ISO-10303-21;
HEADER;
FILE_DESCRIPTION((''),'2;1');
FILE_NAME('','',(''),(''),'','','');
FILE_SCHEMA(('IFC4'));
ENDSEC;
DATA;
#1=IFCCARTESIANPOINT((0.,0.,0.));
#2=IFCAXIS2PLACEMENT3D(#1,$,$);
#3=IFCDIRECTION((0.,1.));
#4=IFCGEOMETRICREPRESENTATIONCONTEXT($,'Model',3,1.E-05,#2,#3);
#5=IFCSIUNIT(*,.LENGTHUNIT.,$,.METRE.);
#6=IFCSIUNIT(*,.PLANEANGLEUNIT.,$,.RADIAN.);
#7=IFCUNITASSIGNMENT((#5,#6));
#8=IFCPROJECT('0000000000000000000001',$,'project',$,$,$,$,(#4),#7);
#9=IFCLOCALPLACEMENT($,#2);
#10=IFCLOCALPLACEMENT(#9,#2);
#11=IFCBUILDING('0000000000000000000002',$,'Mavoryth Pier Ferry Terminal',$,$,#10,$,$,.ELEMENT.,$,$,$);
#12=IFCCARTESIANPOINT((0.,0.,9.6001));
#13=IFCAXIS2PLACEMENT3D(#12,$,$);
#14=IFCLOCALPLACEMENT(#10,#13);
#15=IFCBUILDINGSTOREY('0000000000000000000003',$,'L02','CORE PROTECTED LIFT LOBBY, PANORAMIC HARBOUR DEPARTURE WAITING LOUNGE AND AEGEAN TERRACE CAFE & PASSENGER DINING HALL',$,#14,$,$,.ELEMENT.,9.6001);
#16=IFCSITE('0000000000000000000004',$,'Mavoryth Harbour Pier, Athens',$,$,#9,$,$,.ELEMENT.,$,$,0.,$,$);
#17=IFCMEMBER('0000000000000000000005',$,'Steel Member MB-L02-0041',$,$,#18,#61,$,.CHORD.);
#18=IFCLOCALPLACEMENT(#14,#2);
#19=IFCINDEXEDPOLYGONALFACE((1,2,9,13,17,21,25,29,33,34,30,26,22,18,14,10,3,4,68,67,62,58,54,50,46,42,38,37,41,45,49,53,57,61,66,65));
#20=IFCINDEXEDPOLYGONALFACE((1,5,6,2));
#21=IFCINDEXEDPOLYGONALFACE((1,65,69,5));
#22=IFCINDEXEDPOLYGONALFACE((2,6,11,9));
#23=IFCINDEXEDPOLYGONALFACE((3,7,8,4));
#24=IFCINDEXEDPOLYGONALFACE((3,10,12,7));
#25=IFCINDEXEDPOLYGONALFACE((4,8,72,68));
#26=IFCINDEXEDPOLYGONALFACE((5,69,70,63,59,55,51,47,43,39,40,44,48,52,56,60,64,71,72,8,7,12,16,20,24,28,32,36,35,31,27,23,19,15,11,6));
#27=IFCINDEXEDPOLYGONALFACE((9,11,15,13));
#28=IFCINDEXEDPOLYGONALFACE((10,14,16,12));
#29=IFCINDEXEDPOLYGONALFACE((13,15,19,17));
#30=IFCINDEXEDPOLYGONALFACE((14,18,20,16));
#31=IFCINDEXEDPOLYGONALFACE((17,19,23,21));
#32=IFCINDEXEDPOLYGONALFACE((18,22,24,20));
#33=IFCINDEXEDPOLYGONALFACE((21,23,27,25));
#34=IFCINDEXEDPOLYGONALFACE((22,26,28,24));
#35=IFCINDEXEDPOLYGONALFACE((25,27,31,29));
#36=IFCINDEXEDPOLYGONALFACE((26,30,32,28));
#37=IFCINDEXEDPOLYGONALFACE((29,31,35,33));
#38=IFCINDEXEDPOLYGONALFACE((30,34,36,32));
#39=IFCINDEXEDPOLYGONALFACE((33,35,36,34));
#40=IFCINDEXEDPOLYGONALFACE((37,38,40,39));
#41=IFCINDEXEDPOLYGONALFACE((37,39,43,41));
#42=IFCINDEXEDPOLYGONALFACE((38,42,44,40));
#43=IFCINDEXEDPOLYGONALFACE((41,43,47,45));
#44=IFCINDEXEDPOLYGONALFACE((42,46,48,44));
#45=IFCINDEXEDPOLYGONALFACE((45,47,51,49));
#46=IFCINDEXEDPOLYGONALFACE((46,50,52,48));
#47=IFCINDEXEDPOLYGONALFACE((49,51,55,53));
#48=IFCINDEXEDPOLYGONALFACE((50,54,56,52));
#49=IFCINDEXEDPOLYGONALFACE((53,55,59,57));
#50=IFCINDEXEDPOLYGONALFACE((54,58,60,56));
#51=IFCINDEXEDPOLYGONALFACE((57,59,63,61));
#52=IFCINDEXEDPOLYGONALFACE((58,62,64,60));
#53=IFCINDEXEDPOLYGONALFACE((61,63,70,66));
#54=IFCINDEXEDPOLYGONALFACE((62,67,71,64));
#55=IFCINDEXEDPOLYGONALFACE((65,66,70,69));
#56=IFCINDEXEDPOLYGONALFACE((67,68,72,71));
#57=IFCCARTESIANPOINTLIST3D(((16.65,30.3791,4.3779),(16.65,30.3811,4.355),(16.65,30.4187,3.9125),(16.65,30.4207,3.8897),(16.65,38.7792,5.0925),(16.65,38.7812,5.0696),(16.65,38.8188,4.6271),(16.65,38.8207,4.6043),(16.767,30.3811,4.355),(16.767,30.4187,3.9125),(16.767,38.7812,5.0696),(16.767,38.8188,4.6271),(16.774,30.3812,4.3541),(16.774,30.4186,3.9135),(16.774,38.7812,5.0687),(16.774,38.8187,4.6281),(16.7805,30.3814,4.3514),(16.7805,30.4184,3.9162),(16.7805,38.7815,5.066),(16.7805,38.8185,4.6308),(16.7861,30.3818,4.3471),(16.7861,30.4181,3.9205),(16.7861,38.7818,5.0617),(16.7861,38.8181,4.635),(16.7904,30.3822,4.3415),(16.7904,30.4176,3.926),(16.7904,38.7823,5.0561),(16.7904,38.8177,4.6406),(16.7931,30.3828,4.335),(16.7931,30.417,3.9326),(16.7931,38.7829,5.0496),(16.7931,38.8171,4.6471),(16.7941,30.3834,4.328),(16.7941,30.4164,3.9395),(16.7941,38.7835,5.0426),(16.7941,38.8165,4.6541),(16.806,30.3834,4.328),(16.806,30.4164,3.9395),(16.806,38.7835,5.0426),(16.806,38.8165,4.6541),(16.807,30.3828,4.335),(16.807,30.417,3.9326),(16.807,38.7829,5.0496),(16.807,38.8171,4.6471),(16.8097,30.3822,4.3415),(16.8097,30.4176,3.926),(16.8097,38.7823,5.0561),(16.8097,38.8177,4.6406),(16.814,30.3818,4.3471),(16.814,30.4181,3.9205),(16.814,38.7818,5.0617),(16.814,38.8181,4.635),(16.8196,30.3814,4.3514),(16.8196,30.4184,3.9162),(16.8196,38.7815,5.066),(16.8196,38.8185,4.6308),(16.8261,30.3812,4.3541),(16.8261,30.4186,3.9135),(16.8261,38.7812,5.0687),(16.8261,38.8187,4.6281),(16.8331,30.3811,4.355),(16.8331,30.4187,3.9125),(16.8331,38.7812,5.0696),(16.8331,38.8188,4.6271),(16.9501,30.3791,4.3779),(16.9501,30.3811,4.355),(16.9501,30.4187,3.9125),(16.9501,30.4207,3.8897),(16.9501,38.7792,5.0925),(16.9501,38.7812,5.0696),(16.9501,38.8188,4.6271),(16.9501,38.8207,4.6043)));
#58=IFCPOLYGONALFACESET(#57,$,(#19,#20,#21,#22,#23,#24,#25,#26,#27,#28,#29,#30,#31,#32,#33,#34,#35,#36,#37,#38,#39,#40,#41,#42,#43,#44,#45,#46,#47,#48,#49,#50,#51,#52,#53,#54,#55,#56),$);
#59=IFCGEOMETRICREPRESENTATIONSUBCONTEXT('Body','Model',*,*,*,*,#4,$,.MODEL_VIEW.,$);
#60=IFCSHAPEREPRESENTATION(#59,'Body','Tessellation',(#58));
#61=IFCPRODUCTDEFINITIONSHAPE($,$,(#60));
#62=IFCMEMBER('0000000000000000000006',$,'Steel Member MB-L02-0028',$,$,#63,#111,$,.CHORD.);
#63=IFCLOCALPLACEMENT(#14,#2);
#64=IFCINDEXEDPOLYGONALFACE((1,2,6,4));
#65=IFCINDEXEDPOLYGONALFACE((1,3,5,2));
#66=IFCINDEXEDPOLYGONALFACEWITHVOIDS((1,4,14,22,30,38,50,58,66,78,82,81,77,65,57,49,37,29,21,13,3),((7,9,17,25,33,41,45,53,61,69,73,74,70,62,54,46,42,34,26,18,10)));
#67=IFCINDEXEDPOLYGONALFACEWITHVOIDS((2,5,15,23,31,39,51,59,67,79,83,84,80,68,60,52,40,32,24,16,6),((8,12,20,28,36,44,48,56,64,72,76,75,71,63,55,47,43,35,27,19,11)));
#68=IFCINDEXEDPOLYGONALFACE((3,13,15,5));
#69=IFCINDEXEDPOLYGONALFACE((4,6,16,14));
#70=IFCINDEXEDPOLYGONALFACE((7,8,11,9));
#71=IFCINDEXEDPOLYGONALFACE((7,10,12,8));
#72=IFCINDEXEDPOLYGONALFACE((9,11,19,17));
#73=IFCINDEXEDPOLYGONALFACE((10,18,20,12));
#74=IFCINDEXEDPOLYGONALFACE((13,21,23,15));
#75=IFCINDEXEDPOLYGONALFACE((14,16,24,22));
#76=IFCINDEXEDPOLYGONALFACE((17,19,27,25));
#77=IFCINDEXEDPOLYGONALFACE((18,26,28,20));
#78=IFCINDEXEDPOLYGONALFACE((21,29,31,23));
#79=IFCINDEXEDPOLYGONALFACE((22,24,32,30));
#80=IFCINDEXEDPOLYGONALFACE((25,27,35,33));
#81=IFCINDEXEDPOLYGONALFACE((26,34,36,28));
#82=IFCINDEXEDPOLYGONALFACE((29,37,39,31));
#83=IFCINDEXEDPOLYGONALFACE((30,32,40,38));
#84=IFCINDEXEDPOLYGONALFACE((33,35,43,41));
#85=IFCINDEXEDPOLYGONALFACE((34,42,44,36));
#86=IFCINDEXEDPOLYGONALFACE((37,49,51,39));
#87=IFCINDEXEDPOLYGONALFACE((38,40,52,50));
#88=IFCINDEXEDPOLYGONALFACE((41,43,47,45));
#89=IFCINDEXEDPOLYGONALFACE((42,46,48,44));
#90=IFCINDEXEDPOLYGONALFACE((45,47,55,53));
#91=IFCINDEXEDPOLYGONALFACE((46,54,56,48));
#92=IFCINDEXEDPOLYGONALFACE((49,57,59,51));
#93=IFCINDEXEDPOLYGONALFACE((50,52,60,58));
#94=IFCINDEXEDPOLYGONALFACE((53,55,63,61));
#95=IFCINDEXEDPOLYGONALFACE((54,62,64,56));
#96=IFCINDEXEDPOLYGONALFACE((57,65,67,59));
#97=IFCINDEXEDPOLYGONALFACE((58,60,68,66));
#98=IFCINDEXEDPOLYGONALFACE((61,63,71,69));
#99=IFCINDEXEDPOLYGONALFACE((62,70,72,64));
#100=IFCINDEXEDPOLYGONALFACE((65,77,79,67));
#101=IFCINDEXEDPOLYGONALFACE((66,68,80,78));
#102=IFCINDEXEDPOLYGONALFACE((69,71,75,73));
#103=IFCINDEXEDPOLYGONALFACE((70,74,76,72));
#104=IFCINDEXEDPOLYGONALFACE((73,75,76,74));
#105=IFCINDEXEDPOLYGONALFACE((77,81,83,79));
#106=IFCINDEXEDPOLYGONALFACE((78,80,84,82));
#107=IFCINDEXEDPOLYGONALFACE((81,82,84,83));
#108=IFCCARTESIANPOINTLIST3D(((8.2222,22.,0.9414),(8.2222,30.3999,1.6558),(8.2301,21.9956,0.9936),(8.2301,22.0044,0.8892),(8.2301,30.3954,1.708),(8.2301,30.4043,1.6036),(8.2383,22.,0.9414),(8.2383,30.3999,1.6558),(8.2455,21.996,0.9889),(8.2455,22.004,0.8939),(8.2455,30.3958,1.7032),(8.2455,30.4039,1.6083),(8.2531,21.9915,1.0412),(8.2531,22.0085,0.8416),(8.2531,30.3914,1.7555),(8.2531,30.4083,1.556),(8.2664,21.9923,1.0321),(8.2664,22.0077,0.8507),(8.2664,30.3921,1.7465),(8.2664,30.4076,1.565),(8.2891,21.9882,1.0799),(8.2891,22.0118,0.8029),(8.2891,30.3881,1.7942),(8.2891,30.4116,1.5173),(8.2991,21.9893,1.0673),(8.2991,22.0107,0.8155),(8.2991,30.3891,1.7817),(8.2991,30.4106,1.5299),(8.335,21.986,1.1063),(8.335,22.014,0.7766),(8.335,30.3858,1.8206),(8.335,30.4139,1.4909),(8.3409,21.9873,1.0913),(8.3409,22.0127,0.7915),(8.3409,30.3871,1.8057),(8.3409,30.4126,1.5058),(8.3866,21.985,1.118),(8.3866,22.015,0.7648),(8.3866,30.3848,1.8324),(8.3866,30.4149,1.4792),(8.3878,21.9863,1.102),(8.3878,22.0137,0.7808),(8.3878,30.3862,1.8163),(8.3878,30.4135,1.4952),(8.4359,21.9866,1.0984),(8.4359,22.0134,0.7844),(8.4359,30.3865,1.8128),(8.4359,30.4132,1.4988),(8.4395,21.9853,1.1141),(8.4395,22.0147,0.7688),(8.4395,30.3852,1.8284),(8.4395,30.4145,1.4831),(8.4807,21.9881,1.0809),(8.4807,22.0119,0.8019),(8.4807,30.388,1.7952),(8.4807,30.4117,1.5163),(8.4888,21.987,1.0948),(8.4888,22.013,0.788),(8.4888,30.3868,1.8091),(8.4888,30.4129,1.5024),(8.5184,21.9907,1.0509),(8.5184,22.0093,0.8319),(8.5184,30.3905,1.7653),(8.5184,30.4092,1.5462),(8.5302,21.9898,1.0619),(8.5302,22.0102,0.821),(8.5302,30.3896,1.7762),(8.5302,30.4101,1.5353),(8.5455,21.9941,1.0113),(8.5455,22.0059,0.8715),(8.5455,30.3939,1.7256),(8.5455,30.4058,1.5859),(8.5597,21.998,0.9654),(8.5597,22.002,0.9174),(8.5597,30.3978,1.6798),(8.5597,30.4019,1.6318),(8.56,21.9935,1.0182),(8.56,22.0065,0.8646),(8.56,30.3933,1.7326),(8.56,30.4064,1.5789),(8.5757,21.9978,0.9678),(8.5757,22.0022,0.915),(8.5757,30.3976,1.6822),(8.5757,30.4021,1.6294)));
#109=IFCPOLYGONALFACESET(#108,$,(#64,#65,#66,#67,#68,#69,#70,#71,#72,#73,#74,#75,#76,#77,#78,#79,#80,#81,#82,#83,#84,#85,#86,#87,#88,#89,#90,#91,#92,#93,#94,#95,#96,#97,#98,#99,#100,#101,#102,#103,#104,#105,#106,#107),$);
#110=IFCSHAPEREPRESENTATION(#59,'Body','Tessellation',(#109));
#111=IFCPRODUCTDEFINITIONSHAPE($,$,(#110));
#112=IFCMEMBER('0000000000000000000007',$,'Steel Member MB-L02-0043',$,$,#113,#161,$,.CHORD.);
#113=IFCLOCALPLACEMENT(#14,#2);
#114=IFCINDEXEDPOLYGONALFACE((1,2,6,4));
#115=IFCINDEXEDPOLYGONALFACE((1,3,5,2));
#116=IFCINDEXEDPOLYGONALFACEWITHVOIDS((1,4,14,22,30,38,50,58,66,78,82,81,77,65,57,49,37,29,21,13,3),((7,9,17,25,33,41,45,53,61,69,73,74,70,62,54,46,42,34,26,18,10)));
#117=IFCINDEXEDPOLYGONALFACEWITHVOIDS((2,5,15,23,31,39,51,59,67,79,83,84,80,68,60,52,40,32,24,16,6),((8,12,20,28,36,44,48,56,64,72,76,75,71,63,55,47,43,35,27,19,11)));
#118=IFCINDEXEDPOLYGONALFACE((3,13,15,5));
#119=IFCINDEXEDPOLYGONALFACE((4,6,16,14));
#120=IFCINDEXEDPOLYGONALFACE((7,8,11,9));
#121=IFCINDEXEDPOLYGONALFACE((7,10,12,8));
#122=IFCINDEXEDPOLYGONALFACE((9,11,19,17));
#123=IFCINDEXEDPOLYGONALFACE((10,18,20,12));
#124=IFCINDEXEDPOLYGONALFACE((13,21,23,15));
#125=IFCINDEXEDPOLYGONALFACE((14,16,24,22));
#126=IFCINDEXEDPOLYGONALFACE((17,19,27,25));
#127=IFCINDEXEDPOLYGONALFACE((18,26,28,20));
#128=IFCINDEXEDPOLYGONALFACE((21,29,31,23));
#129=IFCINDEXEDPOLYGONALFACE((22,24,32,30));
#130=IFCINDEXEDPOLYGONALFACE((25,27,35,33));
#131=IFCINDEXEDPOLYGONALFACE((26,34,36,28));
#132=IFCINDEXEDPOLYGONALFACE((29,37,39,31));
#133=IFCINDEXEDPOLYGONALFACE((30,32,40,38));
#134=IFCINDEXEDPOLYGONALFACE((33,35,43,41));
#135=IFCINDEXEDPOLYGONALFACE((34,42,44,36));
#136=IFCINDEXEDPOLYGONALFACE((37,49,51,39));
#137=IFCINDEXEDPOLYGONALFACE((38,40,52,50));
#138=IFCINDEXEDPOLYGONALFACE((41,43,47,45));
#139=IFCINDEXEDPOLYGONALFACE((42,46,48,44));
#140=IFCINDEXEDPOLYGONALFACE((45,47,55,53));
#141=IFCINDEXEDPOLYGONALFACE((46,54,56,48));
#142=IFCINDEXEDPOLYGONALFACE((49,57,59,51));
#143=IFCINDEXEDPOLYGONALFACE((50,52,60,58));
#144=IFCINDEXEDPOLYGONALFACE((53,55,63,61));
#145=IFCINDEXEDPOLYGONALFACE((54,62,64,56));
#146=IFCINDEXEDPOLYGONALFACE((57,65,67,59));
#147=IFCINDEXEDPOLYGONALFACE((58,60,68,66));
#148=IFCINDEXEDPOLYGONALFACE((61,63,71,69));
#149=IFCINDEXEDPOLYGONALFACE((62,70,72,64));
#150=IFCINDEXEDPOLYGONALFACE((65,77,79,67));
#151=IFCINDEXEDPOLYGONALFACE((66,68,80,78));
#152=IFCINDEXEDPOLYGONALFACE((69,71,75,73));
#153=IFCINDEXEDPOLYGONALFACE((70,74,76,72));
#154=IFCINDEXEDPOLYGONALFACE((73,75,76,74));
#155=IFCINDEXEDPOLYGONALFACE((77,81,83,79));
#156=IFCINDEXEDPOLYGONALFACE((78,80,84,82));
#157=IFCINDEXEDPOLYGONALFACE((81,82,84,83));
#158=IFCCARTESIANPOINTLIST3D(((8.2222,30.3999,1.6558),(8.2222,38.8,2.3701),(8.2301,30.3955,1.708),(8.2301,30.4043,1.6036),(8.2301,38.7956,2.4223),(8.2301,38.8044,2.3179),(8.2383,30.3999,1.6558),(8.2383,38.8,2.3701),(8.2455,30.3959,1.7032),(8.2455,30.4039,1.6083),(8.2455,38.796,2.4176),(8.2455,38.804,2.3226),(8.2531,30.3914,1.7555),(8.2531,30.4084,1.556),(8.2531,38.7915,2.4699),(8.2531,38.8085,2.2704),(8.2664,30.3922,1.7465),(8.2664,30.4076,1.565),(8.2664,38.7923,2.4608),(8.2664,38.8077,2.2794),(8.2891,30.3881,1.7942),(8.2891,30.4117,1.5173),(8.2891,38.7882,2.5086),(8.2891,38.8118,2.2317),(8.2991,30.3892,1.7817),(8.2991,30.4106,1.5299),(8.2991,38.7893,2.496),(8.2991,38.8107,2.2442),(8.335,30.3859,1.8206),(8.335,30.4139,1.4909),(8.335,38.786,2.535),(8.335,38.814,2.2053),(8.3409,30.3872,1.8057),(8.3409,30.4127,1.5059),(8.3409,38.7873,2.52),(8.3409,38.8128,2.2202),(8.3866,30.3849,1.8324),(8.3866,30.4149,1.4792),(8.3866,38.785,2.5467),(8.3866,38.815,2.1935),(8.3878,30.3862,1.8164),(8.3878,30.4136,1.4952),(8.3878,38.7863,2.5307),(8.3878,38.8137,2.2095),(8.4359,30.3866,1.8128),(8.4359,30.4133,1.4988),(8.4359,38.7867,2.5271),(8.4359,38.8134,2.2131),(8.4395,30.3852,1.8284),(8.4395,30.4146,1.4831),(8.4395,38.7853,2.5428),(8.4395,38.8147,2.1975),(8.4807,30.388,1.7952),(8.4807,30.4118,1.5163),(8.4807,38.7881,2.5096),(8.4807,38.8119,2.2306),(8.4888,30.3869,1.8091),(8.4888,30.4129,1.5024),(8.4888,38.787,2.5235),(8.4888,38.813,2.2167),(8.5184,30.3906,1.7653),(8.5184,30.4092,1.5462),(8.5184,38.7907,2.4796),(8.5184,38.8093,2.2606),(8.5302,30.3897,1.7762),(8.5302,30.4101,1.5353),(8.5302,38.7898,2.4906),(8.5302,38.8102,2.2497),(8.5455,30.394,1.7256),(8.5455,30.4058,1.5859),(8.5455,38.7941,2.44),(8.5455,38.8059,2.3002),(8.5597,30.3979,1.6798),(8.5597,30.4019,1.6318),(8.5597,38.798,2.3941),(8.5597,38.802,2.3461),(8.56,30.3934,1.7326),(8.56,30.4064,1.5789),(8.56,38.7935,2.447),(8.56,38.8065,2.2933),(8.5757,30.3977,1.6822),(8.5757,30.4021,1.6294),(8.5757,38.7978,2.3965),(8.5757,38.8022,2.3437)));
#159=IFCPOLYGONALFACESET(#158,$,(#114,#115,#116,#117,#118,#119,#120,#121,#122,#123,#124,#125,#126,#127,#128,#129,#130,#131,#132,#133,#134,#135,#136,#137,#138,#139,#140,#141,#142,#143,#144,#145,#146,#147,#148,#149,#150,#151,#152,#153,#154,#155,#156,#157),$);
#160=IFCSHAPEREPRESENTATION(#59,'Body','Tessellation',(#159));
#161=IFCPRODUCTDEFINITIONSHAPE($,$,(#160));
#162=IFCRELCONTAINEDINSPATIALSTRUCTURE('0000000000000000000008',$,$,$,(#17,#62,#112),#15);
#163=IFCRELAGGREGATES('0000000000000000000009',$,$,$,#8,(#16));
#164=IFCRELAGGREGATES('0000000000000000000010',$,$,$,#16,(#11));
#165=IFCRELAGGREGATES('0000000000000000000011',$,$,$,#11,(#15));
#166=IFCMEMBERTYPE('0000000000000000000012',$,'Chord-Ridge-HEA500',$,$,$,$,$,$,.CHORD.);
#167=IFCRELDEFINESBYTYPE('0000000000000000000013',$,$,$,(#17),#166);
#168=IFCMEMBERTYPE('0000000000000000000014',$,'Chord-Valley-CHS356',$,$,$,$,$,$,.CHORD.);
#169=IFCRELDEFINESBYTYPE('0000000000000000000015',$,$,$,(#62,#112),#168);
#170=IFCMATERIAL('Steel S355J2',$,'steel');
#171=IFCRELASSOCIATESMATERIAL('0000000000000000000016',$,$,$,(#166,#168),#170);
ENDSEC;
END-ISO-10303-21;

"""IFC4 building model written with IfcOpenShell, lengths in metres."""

from ifc_helpers import new_model, si_unit, direction, frame, origin, origin_2d, place, context, subcontext, project, spatial, hollow_circle, i_section, extrude, material, material_profile, profile_set, type_object, element, save


model = new_model("IFC4")

# Units and contexts
model_context = context("Model", 3, precision=1e-05, world=origin(), true_north=direction((0.0, 1.0)))
body_context = subcontext(model_context, "Body", "Model", "MODEL_VIEW")
ifc_project = project(units=[si_unit("LENGTHUNIT", "METRE"), si_unit("PLANEANGLEUNIT", "RADIAN")], contexts=[model_context])

# Site, building, storey
site_placement = place(None, origin())
site = spatial("IfcSite", under=ifc_project, at=site_placement, Name="Mavoryth Harbour Pier, Athens", CompositionType="ELEMENT", RefElevation=0.0)
building_placement = place(site_placement, origin())
building = spatial("IfcBuilding", under=site, at=building_placement, Name="Mavoryth Pier Ferry Terminal", CompositionType="ELEMENT")
storey_placement = place(building_placement, frame((0.0, 0.0, 9.6001)))
storey = spatial("IfcBuildingStorey", under=building, at=storey_placement, Name="L02", Description="CORE PROTECTED LIFT LOBBY, PANORAMIC HARBOUR DEPARTURE WAITING LOUNGE AND AEGEAN TERRACE CAFE & PASSENGER DINING HALL", CompositionType="ELEMENT", Elevation=9.6001)

# Members
ifc_material_1 = material(Name="Steel S355J2", Category="steel")
ifc_material_profile_1 = material_profile(ifc_material_1, i_section(OverallWidth=0.3, OverallDepth=0.49, WebThickness=0.012, FlangeThickness=0.0229, FilletRadius=0.0271, at=origin_2d()), Name="HEA 500", Category="steel")
ifc_profile_set_1 = profile_set([ifc_material_profile_1], Name="Steel S355J2 - HEA 500")
member_type_1 = type_object("IfcMemberType", Name="Chord-Ridge-HEA500", PredefinedType="CHORD", material=ifc_profile_set_1)
member_1_placement = place(storey_placement, frame((16.8, 30.3999, 4.1338), z_axis=(0.0, 0.996401, 0.084764), x_axis=(-1.0, 0.0, 0.0)))
element("IfcMember", 1, at=member_1_placement, inside=storey, type_object=member_type_1, Name="Steel Member MB-L02-0041", PredefinedType="CHORD", context=body_context, shape_type="SweptSolid", body=[
    extrude(i_section(OverallWidth=0.3, OverallDepth=0.49, WebThickness=0.012, FlangeThickness=0.0229, FilletRadius=0.0271, at=origin_2d()), origin(), (0.0, 0.0, 1.0), 8.4304),
])
ifc_material_profile_2 = material_profile(ifc_material_1, hollow_circle(Radius=0.1777, WallThickness=0.0161, at=origin_2d()), Name="CHS 355.6x16.0", Category="steel")
ifc_profile_set_2 = profile_set([ifc_material_profile_2], Name="Steel S355J2 - CHS 355.6x16.0")
member_type_2 = type_object("IfcMemberType", Name="Chord-Valley-CHS356", PredefinedType="CHORD", material=ifc_profile_set_2)
member_2_placement = place(storey_placement, frame((8.3999, 22.0, 0.9414), z_axis=(0.0, 0.996403, 0.084737), x_axis=(-1.0, 0.0, 0.0)))
element("IfcMember", 2, at=member_2_placement, inside=storey, type_object=member_type_2, Name="Steel Member MB-L02-0028", PredefinedType="CHORD", context=body_context, shape_type="SweptSolid", body=[
    extrude(hollow_circle(Radius=0.1777, WallThickness=0.0161, at=origin_2d()), origin(), (0.0, 0.0, 1.0), 8.4302),
])
member_3_placement = place(storey_placement, frame((8.3999, 30.3999, 1.6558), z_axis=(0.0, 0.996404, 0.084735), x_axis=(-1.0, 0.0, 0.0)))
element("IfcMember", 3, at=member_3_placement, inside=storey, type_object=member_type_2, Name="Steel Member MB-L02-0043", PredefinedType="CHORD", context=body_context, shape_type="SweptSolid", body=[
    extrude(hollow_circle(Radius=0.1777, WallThickness=0.0161, at=origin_2d()), origin(), (0.0, 0.0, 1.0), 8.4304),
])

save(model, "model.ifc")
